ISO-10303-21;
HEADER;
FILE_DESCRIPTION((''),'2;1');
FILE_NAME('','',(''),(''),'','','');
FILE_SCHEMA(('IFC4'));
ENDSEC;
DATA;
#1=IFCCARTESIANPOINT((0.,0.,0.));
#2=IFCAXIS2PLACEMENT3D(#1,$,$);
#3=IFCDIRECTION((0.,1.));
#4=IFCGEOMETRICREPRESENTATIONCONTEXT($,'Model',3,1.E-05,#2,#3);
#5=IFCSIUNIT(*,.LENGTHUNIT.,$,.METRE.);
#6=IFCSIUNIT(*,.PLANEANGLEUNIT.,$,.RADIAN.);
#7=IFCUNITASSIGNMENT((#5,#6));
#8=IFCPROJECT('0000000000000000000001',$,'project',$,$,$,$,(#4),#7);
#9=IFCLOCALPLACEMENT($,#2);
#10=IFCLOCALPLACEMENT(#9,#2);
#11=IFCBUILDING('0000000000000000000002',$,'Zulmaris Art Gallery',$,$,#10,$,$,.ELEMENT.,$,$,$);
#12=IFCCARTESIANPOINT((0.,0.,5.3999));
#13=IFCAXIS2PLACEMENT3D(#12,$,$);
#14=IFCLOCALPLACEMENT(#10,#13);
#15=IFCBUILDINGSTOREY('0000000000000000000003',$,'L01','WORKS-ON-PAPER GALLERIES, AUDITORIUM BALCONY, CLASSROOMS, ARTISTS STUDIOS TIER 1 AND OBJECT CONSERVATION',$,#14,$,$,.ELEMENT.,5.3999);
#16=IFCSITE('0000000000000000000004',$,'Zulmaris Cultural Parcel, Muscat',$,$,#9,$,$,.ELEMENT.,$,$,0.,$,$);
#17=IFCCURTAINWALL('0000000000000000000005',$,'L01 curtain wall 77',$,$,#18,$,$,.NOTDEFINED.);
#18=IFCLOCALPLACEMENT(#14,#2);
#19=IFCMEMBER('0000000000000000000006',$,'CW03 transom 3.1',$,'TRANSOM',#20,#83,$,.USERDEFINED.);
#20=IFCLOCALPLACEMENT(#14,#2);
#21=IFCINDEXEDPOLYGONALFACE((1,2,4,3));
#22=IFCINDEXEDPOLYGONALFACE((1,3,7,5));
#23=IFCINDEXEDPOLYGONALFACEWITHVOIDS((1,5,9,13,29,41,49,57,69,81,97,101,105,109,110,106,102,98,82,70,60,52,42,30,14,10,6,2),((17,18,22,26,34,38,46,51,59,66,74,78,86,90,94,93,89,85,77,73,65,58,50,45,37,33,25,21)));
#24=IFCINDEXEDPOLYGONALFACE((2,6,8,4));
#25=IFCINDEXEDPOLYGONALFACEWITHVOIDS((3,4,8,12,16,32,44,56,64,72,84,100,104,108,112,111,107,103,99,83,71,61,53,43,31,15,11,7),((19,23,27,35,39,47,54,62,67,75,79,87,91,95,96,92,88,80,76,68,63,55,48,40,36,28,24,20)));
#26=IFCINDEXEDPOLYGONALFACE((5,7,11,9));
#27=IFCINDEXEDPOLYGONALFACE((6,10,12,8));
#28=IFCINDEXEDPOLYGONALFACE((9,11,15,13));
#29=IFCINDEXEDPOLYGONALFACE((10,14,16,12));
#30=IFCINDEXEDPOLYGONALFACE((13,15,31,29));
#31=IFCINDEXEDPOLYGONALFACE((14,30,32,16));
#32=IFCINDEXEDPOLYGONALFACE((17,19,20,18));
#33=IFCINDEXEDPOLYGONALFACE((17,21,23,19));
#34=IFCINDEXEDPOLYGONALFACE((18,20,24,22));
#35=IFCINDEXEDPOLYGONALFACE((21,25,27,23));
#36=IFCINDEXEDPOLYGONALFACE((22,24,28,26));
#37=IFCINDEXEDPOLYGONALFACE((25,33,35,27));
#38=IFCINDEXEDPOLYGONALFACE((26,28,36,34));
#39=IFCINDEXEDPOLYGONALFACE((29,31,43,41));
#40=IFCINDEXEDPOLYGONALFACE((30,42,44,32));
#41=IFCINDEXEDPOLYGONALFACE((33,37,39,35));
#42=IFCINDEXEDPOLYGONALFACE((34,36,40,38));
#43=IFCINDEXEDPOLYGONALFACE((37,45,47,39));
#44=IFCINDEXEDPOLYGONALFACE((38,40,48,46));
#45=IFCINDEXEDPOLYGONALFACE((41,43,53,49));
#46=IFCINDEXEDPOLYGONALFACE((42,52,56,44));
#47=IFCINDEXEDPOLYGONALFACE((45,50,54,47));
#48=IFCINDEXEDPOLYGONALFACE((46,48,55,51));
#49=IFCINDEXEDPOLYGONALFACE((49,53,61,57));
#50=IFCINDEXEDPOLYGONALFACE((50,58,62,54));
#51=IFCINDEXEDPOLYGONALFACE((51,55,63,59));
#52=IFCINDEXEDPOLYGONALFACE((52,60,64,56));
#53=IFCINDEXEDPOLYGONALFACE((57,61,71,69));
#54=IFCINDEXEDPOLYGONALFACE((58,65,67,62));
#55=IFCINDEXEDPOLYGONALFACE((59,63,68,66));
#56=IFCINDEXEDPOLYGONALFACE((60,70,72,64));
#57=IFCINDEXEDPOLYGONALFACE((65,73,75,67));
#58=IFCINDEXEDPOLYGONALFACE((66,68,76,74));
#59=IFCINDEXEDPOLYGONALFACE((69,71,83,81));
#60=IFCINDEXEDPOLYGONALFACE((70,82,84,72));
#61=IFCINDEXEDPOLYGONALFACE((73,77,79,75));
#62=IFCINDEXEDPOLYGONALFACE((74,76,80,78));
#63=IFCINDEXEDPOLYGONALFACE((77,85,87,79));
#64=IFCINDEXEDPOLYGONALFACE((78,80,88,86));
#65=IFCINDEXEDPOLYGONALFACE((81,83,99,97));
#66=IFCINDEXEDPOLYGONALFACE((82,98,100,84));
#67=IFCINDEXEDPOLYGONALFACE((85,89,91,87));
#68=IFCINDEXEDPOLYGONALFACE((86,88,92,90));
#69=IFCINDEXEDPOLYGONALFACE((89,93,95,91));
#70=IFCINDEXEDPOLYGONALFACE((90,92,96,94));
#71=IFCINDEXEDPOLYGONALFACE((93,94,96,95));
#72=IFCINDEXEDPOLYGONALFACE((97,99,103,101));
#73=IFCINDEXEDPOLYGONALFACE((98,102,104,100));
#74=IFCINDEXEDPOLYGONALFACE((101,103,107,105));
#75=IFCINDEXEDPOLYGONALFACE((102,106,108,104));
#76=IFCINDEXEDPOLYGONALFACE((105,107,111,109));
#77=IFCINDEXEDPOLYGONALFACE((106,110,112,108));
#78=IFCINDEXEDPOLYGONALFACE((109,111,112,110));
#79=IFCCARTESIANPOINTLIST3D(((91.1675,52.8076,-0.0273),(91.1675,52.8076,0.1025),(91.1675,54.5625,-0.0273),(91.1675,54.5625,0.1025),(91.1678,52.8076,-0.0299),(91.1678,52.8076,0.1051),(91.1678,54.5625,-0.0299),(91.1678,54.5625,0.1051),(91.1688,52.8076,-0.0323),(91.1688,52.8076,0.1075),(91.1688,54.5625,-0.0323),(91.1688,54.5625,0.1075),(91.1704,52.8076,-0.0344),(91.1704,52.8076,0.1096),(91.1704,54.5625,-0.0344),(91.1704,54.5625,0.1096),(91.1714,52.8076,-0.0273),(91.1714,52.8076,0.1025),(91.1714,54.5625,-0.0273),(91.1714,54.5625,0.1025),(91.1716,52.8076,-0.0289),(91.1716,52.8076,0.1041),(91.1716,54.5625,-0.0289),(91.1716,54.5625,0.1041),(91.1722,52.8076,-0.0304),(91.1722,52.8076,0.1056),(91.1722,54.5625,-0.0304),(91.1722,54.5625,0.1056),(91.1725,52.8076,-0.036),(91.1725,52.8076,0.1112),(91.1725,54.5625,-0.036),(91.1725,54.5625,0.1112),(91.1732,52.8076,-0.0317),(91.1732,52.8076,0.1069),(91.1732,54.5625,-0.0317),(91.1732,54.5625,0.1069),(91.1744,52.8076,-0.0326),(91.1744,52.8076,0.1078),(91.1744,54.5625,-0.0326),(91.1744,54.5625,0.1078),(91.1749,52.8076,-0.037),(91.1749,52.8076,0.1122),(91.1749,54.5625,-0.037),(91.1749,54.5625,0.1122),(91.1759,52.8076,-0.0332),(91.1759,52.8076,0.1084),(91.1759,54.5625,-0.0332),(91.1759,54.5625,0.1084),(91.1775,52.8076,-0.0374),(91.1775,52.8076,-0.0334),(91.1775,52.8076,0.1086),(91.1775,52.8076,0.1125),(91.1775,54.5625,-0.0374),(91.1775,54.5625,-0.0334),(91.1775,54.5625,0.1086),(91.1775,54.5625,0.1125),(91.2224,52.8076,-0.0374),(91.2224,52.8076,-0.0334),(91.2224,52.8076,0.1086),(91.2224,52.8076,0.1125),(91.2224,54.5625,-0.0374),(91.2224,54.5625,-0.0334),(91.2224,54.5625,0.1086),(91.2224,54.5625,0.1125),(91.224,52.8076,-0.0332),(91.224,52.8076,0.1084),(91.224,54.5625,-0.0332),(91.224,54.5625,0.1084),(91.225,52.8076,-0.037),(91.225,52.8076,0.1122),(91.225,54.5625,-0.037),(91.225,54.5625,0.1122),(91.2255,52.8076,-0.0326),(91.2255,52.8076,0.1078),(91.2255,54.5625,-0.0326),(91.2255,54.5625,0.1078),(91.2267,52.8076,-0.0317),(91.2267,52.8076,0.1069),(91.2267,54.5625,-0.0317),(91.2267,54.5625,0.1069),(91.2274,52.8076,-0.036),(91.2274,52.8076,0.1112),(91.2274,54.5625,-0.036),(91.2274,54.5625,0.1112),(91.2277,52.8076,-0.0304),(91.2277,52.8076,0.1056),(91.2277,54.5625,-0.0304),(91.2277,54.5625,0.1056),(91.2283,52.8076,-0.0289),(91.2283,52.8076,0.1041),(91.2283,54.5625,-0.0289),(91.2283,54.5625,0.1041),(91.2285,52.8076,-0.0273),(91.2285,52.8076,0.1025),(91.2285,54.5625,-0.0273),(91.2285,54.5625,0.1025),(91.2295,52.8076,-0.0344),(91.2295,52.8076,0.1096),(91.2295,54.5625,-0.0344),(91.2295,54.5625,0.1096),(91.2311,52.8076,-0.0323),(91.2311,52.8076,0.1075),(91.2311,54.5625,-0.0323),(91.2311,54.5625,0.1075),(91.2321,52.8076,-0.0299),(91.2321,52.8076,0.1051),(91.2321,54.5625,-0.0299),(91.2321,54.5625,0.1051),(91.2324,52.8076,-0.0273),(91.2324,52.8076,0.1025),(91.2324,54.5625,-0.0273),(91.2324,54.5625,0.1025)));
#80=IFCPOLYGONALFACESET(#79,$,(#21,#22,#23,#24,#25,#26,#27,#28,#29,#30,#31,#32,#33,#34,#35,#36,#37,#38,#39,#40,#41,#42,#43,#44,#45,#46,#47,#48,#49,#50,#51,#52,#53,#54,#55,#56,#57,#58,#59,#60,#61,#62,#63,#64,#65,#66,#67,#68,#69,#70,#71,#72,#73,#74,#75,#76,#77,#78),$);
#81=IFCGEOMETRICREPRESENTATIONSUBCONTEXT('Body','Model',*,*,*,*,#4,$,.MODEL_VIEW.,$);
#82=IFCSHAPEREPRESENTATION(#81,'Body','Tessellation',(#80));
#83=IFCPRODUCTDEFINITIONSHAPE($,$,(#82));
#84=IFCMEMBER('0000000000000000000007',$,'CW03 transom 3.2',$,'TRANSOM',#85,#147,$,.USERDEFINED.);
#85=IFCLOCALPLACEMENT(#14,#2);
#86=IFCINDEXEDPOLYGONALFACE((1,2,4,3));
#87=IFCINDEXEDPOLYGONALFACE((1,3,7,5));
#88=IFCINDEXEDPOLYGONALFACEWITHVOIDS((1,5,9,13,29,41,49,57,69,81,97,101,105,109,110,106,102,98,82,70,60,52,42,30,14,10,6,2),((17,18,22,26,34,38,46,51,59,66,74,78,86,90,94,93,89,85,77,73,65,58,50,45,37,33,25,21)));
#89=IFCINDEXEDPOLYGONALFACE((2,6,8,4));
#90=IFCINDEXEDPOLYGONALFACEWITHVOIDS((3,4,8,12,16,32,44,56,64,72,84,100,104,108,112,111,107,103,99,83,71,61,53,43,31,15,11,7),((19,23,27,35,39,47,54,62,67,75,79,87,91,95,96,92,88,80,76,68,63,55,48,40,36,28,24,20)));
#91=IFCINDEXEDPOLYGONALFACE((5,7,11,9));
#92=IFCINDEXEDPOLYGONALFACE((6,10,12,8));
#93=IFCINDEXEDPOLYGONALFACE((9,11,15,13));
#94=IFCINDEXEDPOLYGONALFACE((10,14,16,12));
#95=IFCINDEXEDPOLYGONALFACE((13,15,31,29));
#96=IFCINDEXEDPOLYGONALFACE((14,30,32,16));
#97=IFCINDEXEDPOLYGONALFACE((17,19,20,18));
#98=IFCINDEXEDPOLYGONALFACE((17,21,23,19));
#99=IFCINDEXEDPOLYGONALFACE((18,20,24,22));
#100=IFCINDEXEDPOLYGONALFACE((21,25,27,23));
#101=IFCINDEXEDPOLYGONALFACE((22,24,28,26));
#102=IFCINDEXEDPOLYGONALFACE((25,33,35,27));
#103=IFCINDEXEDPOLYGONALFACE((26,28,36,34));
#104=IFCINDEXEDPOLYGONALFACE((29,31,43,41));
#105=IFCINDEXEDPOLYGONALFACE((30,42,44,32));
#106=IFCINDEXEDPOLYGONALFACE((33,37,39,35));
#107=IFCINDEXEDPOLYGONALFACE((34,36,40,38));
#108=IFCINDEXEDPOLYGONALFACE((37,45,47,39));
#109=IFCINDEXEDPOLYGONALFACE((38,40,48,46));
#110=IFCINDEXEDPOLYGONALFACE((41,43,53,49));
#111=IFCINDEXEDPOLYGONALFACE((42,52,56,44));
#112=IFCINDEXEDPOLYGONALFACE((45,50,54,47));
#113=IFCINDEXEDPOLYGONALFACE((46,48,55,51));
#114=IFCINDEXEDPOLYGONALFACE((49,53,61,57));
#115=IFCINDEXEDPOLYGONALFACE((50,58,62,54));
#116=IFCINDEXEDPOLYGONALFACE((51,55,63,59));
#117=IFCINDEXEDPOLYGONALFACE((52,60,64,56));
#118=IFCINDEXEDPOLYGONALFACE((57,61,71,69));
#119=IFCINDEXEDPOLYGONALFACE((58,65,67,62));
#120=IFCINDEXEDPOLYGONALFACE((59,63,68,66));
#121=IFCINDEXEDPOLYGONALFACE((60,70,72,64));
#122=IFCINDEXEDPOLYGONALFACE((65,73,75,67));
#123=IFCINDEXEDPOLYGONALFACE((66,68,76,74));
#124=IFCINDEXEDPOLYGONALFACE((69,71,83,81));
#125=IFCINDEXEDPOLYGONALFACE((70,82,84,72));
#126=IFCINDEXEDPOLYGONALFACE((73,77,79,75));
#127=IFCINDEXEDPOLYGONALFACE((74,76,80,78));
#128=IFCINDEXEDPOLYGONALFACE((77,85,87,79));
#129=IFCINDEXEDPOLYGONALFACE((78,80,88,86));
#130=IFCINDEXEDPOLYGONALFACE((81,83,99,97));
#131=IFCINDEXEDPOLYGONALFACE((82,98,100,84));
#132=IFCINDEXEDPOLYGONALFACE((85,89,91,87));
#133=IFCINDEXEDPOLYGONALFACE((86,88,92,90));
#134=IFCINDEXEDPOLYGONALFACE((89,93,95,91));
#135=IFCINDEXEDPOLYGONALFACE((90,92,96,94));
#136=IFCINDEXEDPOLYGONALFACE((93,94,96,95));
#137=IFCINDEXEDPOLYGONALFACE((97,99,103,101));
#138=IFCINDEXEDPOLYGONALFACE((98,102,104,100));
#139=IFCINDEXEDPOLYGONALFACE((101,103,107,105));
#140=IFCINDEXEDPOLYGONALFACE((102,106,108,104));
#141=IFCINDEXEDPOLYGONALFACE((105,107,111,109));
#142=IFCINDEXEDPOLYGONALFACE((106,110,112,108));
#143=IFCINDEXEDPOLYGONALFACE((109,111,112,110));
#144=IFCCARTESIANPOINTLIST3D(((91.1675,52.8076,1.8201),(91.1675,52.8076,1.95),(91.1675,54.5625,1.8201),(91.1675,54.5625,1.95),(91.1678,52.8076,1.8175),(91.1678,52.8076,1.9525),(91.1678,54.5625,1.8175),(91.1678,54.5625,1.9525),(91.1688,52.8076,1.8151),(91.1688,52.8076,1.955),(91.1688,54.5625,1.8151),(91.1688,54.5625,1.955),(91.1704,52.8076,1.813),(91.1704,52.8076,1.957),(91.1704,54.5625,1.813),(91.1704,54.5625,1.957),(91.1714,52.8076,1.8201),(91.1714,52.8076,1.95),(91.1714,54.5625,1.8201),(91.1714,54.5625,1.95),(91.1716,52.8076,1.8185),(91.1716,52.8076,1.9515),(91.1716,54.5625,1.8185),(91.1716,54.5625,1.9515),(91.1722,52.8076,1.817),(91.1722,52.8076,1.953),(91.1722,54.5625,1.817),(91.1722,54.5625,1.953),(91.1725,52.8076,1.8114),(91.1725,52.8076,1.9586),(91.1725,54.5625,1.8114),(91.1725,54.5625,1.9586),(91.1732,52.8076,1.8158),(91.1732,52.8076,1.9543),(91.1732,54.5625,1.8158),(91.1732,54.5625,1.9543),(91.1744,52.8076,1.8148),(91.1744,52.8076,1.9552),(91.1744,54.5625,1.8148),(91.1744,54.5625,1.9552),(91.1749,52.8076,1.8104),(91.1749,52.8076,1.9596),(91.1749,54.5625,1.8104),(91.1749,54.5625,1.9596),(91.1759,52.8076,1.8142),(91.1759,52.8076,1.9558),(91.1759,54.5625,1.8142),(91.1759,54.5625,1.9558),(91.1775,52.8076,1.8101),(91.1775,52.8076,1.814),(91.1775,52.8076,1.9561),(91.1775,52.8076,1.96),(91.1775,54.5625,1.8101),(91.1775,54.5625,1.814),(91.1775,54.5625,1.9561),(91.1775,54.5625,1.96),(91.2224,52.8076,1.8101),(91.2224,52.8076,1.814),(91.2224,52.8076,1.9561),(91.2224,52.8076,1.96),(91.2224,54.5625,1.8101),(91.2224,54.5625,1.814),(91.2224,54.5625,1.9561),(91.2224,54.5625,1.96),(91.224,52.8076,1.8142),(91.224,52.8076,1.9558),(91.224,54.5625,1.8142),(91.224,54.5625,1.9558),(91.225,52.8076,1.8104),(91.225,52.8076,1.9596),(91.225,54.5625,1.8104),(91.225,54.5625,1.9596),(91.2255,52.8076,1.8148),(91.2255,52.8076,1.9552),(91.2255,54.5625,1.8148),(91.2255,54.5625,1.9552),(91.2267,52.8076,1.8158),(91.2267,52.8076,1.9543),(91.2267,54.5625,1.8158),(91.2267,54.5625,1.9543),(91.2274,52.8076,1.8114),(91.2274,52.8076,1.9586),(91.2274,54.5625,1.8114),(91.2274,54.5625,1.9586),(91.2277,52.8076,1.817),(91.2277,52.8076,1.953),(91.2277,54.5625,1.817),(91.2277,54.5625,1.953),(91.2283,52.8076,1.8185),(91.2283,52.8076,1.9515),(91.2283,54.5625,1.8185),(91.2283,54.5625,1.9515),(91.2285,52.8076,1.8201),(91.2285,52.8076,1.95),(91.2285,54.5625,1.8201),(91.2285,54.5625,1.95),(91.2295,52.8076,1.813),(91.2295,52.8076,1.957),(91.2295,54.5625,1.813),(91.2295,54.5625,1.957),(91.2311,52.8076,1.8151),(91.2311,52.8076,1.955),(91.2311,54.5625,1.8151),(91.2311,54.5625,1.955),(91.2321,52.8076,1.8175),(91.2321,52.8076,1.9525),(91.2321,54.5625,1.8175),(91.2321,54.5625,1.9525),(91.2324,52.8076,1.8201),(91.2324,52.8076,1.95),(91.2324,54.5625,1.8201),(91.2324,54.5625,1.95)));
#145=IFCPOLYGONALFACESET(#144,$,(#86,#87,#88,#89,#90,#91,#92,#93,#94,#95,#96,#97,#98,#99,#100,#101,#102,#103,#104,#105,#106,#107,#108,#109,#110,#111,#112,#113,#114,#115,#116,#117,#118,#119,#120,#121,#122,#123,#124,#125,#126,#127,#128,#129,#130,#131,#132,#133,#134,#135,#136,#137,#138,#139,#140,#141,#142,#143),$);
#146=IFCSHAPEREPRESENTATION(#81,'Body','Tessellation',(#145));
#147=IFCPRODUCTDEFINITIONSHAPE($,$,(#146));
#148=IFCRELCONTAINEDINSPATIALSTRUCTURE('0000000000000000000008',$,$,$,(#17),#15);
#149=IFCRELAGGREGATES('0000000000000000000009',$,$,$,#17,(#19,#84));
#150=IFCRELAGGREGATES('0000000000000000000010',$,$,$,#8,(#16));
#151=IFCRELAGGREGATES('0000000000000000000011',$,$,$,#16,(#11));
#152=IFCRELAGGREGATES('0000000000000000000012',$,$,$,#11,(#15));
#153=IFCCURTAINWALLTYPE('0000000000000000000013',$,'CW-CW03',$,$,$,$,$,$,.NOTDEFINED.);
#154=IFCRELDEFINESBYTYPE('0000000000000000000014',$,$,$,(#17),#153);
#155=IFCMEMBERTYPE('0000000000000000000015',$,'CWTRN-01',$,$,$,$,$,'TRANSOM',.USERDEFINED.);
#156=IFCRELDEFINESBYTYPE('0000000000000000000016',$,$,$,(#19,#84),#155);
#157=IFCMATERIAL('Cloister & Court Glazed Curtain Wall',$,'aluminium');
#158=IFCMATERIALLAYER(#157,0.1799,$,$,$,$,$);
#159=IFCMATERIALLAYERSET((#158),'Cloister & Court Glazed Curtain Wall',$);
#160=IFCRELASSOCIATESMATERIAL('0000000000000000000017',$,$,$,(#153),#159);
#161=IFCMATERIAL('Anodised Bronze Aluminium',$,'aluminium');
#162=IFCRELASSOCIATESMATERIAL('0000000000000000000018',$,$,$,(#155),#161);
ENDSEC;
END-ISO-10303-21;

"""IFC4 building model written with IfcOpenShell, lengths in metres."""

from ifc_helpers import new_model, si_unit, direction, frame, origin, origin_2d, place, context, subcontext, project, spatial, hollow_rectangle, extrude, material, layer, layer_set, material_profile, profile_set, type_object, element, aggregate, save


model = new_model("IFC4")

# Units and contexts
model_context = context("Model", 3, precision=1e-05, world=origin(), true_north=direction((0.0, 1.0)))
body_context = subcontext(model_context, "Body", "Model", "MODEL_VIEW")
ifc_project = project(units=[si_unit("LENGTHUNIT", "METRE"), si_unit("PLANEANGLEUNIT", "RADIAN")], contexts=[model_context])

# Site, building, storey
site_placement = place(None, origin())
site = spatial("IfcSite", under=ifc_project, at=site_placement, Name="Zulmaris Cultural Parcel, Muscat", CompositionType="ELEMENT", RefElevation=0.0)
building_placement = place(site_placement, origin())
building = spatial("IfcBuilding", under=site, at=building_placement, Name="Zulmaris Art Gallery", CompositionType="ELEMENT")
storey_placement = place(building_placement, frame((0.0, 0.0, 5.3999)))
storey = spatial("IfcBuildingStorey", under=building, at=storey_placement, Name="L01", Description="WORKS-ON-PAPER GALLERIES, AUDITORIUM BALCONY, CLASSROOMS, ARTISTS STUDIOS TIER 1 AND OBJECT CONSERVATION", CompositionType="ELEMENT", Elevation=5.3999)

# Curtain wall
ifc_material_1 = material(Name="Cloister & Court Glazed Curtain Wall", Category="aluminium")
ifc_layer_1 = layer(ifc_material_1, 0.1799)
ifc_layer_set_1 = layer_set([ifc_layer_1], Name="Cloister & Court Glazed Curtain Wall")
curtain_wall_type = type_object("IfcCurtainWallType", Name="CW-CW03", PredefinedType="NOTDEFINED", material=ifc_layer_set_1)
ifc_material_2 = material(Name="Anodised Bronze Aluminium", Category="aluminium")
curtain_wall_1_placement = place(storey_placement, origin())
curtain_wall_1 = element("IfcCurtainWall", 1, at=curtain_wall_1_placement, inside=storey, type_object=curtain_wall_type, Name="L01 curtain wall 77", PredefinedType="NOTDEFINED")

# Members
ifc_material_profile_1 = material_profile(ifc_material_2, hollow_rectangle(XDim=0.0649, YDim=0.1499, WallThickness=0.0039, InnerFilletRadius=0.0061, OuterFilletRadius=0.01, at=origin_2d()), Name="ALU 65x150x4")
ifc_profile_set_1 = profile_set([ifc_material_profile_1], Name="Anodised Bronze Aluminium")
member_type_1 = type_object("IfcMemberType", Name="CWTRN-01", ElementType="TRANSOM", PredefinedType="USERDEFINED", material=ifc_profile_set_1)
member_1_placement = place(storey_placement, frame((91.2, 54.5625, 0.0376), z_axis=(0.0, -1.0, 0.0), x_axis=(1.0, 0.0, 0.0)))
member_1 = element("IfcMember", 2, at=member_1_placement, type_object=member_type_1, Name="CW03 transom 3.1", ObjectType="TRANSOM", PredefinedType="USERDEFINED", context=body_context, shape_type="SweptSolid", body=[
    extrude(hollow_rectangle(XDim=0.0649, YDim=0.1499, WallThickness=0.0039, InnerFilletRadius=0.0061, OuterFilletRadius=0.01, at=origin_2d()), origin(), (0.0, 0.0, 1.0), 1.7549),
])
member_2_placement = place(storey_placement, frame((91.2, 54.5625, 1.885), z_axis=(0.0, -1.0, 0.0), x_axis=(1.0, 0.0, 0.0)))
member_2 = element("IfcMember", 3, at=member_2_placement, type_object=member_type_1, Name="CW03 transom 3.2", ObjectType="TRANSOM", PredefinedType="USERDEFINED", context=body_context, shape_type="SweptSolid", body=[
    extrude(hollow_rectangle(XDim=0.0649, YDim=0.1499, WallThickness=0.0039, InnerFilletRadius=0.0061, OuterFilletRadius=0.01, at=origin_2d()), origin(), (0.0, 0.0, 1.0), 1.7549),
])

aggregate(curtain_wall_1, [member_1, member_2])

save(model, "model.ifc")
